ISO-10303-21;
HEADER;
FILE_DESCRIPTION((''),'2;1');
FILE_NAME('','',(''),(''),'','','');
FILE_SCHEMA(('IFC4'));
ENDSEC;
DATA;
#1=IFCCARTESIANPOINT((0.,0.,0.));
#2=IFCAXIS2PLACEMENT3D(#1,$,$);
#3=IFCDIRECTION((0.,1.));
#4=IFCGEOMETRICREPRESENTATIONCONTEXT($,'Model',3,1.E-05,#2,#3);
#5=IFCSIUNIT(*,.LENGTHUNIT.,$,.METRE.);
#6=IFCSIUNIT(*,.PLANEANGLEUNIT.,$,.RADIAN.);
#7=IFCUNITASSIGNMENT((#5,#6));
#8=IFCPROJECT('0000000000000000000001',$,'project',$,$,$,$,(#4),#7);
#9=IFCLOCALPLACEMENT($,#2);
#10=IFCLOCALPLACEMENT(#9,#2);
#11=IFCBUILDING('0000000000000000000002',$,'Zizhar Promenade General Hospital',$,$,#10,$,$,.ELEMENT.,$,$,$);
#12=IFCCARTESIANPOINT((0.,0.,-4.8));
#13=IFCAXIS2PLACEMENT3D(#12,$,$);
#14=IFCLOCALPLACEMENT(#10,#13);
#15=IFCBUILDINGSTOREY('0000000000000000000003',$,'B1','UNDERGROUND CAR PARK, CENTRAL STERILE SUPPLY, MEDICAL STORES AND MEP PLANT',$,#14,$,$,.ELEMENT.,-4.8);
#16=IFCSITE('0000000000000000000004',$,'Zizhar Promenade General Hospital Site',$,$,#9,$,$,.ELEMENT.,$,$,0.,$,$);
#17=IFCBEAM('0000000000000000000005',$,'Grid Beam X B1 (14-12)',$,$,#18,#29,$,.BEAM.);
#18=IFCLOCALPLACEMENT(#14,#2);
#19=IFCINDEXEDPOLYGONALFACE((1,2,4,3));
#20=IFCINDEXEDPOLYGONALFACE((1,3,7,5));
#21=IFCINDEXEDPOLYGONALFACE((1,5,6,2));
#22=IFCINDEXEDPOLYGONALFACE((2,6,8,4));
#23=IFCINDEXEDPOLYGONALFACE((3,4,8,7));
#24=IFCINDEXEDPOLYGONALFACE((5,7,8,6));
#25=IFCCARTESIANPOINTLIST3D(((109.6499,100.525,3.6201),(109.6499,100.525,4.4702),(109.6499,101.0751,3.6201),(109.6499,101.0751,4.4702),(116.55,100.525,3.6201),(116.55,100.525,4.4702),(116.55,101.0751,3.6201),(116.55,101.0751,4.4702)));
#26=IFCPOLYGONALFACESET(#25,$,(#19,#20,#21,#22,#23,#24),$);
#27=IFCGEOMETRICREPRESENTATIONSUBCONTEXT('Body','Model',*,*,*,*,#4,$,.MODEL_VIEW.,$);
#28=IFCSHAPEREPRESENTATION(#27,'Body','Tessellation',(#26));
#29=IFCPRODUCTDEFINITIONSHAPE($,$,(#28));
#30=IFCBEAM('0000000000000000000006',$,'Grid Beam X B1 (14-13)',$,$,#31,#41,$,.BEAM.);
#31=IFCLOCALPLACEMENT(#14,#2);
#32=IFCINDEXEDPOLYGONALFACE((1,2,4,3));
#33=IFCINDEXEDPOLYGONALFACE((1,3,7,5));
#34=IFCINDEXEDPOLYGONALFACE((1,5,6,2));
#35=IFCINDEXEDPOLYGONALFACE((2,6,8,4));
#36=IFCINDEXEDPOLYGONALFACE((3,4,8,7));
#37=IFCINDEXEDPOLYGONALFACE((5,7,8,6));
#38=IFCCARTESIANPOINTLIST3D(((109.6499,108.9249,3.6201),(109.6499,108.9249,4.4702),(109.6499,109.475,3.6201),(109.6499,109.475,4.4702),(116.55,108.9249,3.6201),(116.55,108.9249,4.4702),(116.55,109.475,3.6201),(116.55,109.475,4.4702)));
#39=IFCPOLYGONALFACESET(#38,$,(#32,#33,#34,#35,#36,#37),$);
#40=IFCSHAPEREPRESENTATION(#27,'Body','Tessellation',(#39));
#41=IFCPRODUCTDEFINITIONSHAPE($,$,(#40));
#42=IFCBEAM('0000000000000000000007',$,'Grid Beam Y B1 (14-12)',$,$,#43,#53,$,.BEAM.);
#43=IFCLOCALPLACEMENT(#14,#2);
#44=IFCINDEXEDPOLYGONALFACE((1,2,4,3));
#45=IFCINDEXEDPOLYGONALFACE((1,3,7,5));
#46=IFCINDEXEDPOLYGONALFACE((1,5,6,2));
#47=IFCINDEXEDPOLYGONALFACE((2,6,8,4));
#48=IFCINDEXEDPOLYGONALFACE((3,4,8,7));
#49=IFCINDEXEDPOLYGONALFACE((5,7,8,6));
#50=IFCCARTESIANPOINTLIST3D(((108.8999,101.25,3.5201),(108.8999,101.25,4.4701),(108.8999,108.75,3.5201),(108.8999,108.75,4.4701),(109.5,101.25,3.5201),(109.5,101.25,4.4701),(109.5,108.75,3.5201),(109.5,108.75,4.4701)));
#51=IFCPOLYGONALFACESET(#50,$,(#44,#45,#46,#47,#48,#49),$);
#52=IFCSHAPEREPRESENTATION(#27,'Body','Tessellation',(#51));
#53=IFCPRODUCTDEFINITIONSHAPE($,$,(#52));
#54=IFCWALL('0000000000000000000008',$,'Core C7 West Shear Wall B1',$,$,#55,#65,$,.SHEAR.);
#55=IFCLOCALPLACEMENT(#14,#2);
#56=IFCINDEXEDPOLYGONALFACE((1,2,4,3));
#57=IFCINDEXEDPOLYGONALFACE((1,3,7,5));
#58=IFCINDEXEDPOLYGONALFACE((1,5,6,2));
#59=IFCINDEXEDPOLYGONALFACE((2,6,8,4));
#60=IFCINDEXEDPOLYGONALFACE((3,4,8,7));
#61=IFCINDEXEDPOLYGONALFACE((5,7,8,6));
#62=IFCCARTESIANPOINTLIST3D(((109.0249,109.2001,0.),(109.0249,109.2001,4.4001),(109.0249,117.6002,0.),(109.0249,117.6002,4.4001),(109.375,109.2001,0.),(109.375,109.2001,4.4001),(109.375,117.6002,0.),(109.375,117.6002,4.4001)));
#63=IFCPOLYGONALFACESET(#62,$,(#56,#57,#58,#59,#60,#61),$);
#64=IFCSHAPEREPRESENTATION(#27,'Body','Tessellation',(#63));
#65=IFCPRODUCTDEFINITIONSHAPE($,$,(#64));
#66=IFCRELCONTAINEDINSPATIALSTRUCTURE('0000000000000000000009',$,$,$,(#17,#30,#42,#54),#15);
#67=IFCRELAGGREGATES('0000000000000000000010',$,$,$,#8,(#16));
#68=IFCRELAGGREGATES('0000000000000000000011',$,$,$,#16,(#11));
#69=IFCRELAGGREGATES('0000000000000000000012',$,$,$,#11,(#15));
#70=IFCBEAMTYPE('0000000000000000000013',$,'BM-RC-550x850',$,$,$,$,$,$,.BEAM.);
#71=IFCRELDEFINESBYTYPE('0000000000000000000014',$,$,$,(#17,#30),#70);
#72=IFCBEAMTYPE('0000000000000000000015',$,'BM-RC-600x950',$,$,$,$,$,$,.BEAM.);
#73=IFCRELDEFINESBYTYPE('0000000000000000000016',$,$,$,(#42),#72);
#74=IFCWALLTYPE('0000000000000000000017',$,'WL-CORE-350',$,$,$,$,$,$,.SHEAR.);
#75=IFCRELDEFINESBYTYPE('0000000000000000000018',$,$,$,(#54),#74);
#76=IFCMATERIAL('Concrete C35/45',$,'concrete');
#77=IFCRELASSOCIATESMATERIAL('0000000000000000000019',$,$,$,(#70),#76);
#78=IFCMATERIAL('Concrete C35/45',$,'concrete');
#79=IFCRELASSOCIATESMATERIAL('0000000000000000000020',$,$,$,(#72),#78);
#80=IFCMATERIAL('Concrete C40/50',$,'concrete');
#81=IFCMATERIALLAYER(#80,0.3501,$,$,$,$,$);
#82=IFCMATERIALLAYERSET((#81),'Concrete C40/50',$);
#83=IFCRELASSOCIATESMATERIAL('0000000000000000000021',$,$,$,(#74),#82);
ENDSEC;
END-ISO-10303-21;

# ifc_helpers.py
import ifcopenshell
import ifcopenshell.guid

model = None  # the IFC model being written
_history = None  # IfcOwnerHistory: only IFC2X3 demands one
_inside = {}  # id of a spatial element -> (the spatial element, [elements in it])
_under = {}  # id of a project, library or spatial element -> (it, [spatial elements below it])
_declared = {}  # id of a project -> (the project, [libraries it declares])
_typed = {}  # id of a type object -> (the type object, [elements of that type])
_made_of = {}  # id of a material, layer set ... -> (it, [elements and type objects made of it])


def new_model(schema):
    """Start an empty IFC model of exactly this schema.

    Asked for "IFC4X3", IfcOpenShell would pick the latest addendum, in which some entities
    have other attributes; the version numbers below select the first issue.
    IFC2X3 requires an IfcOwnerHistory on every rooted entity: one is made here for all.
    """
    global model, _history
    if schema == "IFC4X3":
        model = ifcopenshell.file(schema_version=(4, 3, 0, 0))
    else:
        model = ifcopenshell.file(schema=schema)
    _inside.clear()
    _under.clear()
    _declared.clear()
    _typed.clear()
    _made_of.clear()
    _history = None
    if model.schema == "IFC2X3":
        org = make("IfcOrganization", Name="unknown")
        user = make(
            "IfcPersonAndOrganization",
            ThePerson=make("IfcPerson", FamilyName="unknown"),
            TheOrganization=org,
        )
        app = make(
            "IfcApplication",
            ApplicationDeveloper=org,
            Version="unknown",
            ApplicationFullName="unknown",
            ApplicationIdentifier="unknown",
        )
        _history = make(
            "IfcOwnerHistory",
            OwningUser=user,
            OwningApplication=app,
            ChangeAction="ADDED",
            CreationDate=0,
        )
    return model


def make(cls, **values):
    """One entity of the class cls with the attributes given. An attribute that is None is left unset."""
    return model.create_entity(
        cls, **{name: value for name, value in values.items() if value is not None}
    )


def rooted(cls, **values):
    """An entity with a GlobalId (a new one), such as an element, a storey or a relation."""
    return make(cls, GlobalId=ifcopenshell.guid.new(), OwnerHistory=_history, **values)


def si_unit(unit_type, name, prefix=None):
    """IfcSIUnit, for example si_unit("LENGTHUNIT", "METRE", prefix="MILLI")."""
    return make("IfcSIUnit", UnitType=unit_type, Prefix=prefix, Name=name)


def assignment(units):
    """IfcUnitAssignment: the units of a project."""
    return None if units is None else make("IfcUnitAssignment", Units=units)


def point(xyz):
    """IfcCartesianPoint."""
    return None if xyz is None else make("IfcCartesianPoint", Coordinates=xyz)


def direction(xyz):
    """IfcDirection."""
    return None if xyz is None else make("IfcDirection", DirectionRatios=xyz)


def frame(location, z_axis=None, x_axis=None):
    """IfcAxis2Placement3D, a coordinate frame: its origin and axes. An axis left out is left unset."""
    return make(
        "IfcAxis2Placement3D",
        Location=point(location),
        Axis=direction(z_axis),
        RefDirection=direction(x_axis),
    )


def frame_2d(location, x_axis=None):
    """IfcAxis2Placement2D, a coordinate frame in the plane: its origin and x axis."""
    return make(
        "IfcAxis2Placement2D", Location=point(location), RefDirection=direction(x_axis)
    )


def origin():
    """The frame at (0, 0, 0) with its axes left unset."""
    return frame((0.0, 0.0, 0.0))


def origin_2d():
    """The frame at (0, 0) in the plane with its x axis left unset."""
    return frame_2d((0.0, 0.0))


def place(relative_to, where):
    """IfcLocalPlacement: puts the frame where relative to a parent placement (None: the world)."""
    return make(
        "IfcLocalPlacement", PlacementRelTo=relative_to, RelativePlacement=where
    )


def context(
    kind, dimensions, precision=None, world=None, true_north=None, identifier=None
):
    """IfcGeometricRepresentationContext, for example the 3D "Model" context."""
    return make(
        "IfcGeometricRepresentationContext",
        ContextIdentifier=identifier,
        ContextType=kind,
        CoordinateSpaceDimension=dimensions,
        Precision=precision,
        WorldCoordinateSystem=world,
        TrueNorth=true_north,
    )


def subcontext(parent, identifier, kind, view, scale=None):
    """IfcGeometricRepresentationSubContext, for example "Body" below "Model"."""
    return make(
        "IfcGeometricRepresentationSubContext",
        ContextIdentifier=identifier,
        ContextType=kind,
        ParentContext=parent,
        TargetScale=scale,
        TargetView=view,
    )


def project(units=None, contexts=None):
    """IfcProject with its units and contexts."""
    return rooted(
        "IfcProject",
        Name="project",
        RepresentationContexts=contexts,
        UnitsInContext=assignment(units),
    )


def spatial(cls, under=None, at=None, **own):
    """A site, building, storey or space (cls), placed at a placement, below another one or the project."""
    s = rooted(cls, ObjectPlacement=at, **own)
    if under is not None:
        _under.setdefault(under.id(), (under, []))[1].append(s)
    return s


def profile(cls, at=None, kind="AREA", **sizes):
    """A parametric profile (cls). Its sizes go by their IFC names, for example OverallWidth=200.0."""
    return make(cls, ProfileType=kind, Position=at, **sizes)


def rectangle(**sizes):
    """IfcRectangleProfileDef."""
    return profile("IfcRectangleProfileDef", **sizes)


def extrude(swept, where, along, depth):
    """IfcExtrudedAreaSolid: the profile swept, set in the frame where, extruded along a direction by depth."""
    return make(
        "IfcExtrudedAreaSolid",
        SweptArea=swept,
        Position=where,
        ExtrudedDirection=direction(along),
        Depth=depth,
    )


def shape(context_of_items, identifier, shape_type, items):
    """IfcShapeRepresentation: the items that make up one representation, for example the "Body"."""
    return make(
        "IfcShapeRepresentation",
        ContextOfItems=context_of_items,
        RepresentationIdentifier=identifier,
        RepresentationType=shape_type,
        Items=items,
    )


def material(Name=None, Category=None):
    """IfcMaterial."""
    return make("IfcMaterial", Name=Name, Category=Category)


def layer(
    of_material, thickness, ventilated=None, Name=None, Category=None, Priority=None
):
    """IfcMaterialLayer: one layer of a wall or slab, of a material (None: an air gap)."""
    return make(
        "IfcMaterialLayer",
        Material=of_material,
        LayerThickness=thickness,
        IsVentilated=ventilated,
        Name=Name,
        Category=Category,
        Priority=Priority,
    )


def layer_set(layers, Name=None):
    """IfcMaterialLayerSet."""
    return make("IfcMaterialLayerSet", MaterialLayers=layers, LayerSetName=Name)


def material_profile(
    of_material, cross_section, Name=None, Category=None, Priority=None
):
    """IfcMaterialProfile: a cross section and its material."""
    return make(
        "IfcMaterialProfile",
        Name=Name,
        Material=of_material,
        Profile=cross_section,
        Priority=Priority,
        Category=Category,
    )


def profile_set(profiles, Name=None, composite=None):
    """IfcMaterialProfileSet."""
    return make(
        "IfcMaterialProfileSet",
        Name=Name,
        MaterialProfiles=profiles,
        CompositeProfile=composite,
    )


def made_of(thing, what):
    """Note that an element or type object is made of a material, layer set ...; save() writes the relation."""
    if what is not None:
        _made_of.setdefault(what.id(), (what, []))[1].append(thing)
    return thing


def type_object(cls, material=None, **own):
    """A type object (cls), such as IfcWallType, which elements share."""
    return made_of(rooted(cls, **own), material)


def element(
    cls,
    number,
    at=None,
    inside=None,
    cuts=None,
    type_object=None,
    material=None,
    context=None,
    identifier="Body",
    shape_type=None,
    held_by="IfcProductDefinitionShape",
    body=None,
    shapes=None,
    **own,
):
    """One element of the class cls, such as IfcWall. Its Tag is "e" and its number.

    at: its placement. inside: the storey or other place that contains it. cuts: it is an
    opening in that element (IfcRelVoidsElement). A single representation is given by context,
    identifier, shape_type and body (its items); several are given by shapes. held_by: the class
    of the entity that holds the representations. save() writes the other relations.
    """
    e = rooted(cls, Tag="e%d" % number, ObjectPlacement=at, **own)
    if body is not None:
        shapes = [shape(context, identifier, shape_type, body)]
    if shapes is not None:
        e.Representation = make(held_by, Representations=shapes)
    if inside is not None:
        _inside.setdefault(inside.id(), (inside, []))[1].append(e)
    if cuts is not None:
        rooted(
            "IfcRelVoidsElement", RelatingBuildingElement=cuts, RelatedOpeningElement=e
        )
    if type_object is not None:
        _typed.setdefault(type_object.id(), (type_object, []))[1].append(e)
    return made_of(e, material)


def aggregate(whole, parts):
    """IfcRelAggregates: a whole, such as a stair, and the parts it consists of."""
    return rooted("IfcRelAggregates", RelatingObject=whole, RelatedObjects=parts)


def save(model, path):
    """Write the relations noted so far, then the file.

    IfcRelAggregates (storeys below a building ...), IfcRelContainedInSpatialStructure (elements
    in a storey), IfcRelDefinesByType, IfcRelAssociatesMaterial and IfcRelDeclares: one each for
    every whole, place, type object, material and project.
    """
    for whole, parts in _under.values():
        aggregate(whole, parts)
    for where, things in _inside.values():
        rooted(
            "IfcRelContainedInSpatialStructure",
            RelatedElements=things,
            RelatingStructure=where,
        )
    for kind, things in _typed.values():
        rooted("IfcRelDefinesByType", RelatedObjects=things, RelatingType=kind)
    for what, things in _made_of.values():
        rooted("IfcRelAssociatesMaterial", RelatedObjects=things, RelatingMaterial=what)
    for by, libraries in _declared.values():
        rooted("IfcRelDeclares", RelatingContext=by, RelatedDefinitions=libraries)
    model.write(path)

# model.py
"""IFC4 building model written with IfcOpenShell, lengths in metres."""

from ifc_helpers import new_model, si_unit, direction, frame, frame_2d, origin, origin_2d, place, context, subcontext, project, spatial, rectangle, extrude, material, layer, layer_set, material_profile, profile_set, type_object, element, save


model = new_model("IFC4")

# Units and contexts
model_context = context("Model", 3, precision=1e-05, world=origin(), true_north=direction((0.0, 1.0)))
body_context = subcontext(model_context, "Body", "Model", "MODEL_VIEW")
ifc_project = project(units=[si_unit("LENGTHUNIT", "METRE"), si_unit("PLANEANGLEUNIT", "RADIAN")], contexts=[model_context])

# Site, building, storey
site_placement = place(None, origin())
site = spatial("IfcSite", under=ifc_project, at=site_placement, Name="Zizhar Promenade General Hospital Site", CompositionType="ELEMENT", RefElevation=0.0)
building_placement = place(site_placement, origin())
building = spatial("IfcBuilding", under=site, at=building_placement, Name="Zizhar Promenade General Hospital", CompositionType="ELEMENT")
storey_placement = place(building_placement, frame((0.0, 0.0, -4.8)))
storey = spatial("IfcBuildingStorey", under=building, at=storey_placement, Name="B1", Description="UNDERGROUND CAR PARK, CENTRAL STERILE SUPPLY, MEDICAL STORES AND MEP PLANT", CompositionType="ELEMENT", Elevation=-4.8)

# Beams
ifc_material_1 = material(Name="Concrete C35/45", Category="concrete")
ifc_material_profile_1 = material_profile(ifc_material_1, rectangle(XDim=0.55, YDim=0.8501, at=origin_2d()))
ifc_profile_set_1 = profile_set([ifc_material_profile_1], Name="Concrete C35/45")
beam_type_1 = type_object("IfcBeamType", Name="BM-RC-550x850", PredefinedType="BEAM", material=ifc_profile_set_1)
for number, where, z_axis, x_axis, name in (
    (1, (109.6499, 100.8, 4.0452), (1.0, 0.0, 0.0), (0.0, 1.0, 0.0), "Grid Beam X B1 (14-12)"),
    (2, (109.6499, 109.2, 4.0452), (1.0, 0.0, 0.0), (0.0, 1.0, 0.0), "Grid Beam X B1 (14-13)"),
):
    element("IfcBeam", number, at=place(storey_placement, frame(where, z_axis=z_axis, x_axis=x_axis)), inside=storey, type_object=beam_type_1, Name=name, PredefinedType="BEAM", context=body_context, shape_type="SweptSolid", body=[
        extrude(rectangle(XDim=0.55, YDim=0.8501, at=origin_2d()), origin(), (0.0, 0.0, 1.0), 6.9001),
    ])
ifc_material_2 = material(Name="Concrete C35/45", Category="concrete")
ifc_material_profile_2 = material_profile(ifc_material_2, rectangle(XDim=0.6001, YDim=0.95, at=origin_2d()))
ifc_profile_set_2 = profile_set([ifc_material_profile_2], Name="Concrete C35/45")
beam_type_2 = type_object("IfcBeamType", Name="BM-RC-600x950", PredefinedType="BEAM", material=ifc_profile_set_2)
beam_placement = place(storey_placement, frame((109.2, 101.25, 3.9951), z_axis=(0.0, 1.0, 0.0), x_axis=(-1.0, 0.0, 0.0)))
element("IfcBeam", 3, at=beam_placement, inside=storey, type_object=beam_type_2, Name="Grid Beam Y B1 (14-12)", PredefinedType="BEAM", context=body_context, shape_type="SweptSolid", body=[
    extrude(rectangle(XDim=0.6001, YDim=0.95, at=origin_2d()), origin(), (0.0, 0.0, 1.0), 7.5),
])

# Wall
ifc_material_3 = material(Name="Concrete C40/50", Category="concrete")
ifc_layer_1 = layer(ifc_material_3, 0.3501)
ifc_layer_set_1 = layer_set([ifc_layer_1], Name="Concrete C40/50")
wall_type_1 = type_object("IfcWallType", Name="WL-CORE-350", PredefinedType="SHEAR", material=ifc_layer_set_1)
wall_1_placement = place(storey_placement, frame((109.2, 109.2, 0.0), z_axis=(0.0, 0.0, 1.0), x_axis=(0.0, 1.0, 0.0)))
element("IfcWall", 4, at=wall_1_placement, inside=storey, type_object=wall_type_1, Name="Core C7 West Shear Wall B1", PredefinedType="SHEAR", context=body_context, shape_type="SweptSolid", body=[
    extrude(rectangle(XDim=8.4001, YDim=0.3501, at=frame_2d((4.2002, 0.0))), origin(), (0.0, 0.0, 1.0), 4.4001),
])

save(model, "model.ifc")
